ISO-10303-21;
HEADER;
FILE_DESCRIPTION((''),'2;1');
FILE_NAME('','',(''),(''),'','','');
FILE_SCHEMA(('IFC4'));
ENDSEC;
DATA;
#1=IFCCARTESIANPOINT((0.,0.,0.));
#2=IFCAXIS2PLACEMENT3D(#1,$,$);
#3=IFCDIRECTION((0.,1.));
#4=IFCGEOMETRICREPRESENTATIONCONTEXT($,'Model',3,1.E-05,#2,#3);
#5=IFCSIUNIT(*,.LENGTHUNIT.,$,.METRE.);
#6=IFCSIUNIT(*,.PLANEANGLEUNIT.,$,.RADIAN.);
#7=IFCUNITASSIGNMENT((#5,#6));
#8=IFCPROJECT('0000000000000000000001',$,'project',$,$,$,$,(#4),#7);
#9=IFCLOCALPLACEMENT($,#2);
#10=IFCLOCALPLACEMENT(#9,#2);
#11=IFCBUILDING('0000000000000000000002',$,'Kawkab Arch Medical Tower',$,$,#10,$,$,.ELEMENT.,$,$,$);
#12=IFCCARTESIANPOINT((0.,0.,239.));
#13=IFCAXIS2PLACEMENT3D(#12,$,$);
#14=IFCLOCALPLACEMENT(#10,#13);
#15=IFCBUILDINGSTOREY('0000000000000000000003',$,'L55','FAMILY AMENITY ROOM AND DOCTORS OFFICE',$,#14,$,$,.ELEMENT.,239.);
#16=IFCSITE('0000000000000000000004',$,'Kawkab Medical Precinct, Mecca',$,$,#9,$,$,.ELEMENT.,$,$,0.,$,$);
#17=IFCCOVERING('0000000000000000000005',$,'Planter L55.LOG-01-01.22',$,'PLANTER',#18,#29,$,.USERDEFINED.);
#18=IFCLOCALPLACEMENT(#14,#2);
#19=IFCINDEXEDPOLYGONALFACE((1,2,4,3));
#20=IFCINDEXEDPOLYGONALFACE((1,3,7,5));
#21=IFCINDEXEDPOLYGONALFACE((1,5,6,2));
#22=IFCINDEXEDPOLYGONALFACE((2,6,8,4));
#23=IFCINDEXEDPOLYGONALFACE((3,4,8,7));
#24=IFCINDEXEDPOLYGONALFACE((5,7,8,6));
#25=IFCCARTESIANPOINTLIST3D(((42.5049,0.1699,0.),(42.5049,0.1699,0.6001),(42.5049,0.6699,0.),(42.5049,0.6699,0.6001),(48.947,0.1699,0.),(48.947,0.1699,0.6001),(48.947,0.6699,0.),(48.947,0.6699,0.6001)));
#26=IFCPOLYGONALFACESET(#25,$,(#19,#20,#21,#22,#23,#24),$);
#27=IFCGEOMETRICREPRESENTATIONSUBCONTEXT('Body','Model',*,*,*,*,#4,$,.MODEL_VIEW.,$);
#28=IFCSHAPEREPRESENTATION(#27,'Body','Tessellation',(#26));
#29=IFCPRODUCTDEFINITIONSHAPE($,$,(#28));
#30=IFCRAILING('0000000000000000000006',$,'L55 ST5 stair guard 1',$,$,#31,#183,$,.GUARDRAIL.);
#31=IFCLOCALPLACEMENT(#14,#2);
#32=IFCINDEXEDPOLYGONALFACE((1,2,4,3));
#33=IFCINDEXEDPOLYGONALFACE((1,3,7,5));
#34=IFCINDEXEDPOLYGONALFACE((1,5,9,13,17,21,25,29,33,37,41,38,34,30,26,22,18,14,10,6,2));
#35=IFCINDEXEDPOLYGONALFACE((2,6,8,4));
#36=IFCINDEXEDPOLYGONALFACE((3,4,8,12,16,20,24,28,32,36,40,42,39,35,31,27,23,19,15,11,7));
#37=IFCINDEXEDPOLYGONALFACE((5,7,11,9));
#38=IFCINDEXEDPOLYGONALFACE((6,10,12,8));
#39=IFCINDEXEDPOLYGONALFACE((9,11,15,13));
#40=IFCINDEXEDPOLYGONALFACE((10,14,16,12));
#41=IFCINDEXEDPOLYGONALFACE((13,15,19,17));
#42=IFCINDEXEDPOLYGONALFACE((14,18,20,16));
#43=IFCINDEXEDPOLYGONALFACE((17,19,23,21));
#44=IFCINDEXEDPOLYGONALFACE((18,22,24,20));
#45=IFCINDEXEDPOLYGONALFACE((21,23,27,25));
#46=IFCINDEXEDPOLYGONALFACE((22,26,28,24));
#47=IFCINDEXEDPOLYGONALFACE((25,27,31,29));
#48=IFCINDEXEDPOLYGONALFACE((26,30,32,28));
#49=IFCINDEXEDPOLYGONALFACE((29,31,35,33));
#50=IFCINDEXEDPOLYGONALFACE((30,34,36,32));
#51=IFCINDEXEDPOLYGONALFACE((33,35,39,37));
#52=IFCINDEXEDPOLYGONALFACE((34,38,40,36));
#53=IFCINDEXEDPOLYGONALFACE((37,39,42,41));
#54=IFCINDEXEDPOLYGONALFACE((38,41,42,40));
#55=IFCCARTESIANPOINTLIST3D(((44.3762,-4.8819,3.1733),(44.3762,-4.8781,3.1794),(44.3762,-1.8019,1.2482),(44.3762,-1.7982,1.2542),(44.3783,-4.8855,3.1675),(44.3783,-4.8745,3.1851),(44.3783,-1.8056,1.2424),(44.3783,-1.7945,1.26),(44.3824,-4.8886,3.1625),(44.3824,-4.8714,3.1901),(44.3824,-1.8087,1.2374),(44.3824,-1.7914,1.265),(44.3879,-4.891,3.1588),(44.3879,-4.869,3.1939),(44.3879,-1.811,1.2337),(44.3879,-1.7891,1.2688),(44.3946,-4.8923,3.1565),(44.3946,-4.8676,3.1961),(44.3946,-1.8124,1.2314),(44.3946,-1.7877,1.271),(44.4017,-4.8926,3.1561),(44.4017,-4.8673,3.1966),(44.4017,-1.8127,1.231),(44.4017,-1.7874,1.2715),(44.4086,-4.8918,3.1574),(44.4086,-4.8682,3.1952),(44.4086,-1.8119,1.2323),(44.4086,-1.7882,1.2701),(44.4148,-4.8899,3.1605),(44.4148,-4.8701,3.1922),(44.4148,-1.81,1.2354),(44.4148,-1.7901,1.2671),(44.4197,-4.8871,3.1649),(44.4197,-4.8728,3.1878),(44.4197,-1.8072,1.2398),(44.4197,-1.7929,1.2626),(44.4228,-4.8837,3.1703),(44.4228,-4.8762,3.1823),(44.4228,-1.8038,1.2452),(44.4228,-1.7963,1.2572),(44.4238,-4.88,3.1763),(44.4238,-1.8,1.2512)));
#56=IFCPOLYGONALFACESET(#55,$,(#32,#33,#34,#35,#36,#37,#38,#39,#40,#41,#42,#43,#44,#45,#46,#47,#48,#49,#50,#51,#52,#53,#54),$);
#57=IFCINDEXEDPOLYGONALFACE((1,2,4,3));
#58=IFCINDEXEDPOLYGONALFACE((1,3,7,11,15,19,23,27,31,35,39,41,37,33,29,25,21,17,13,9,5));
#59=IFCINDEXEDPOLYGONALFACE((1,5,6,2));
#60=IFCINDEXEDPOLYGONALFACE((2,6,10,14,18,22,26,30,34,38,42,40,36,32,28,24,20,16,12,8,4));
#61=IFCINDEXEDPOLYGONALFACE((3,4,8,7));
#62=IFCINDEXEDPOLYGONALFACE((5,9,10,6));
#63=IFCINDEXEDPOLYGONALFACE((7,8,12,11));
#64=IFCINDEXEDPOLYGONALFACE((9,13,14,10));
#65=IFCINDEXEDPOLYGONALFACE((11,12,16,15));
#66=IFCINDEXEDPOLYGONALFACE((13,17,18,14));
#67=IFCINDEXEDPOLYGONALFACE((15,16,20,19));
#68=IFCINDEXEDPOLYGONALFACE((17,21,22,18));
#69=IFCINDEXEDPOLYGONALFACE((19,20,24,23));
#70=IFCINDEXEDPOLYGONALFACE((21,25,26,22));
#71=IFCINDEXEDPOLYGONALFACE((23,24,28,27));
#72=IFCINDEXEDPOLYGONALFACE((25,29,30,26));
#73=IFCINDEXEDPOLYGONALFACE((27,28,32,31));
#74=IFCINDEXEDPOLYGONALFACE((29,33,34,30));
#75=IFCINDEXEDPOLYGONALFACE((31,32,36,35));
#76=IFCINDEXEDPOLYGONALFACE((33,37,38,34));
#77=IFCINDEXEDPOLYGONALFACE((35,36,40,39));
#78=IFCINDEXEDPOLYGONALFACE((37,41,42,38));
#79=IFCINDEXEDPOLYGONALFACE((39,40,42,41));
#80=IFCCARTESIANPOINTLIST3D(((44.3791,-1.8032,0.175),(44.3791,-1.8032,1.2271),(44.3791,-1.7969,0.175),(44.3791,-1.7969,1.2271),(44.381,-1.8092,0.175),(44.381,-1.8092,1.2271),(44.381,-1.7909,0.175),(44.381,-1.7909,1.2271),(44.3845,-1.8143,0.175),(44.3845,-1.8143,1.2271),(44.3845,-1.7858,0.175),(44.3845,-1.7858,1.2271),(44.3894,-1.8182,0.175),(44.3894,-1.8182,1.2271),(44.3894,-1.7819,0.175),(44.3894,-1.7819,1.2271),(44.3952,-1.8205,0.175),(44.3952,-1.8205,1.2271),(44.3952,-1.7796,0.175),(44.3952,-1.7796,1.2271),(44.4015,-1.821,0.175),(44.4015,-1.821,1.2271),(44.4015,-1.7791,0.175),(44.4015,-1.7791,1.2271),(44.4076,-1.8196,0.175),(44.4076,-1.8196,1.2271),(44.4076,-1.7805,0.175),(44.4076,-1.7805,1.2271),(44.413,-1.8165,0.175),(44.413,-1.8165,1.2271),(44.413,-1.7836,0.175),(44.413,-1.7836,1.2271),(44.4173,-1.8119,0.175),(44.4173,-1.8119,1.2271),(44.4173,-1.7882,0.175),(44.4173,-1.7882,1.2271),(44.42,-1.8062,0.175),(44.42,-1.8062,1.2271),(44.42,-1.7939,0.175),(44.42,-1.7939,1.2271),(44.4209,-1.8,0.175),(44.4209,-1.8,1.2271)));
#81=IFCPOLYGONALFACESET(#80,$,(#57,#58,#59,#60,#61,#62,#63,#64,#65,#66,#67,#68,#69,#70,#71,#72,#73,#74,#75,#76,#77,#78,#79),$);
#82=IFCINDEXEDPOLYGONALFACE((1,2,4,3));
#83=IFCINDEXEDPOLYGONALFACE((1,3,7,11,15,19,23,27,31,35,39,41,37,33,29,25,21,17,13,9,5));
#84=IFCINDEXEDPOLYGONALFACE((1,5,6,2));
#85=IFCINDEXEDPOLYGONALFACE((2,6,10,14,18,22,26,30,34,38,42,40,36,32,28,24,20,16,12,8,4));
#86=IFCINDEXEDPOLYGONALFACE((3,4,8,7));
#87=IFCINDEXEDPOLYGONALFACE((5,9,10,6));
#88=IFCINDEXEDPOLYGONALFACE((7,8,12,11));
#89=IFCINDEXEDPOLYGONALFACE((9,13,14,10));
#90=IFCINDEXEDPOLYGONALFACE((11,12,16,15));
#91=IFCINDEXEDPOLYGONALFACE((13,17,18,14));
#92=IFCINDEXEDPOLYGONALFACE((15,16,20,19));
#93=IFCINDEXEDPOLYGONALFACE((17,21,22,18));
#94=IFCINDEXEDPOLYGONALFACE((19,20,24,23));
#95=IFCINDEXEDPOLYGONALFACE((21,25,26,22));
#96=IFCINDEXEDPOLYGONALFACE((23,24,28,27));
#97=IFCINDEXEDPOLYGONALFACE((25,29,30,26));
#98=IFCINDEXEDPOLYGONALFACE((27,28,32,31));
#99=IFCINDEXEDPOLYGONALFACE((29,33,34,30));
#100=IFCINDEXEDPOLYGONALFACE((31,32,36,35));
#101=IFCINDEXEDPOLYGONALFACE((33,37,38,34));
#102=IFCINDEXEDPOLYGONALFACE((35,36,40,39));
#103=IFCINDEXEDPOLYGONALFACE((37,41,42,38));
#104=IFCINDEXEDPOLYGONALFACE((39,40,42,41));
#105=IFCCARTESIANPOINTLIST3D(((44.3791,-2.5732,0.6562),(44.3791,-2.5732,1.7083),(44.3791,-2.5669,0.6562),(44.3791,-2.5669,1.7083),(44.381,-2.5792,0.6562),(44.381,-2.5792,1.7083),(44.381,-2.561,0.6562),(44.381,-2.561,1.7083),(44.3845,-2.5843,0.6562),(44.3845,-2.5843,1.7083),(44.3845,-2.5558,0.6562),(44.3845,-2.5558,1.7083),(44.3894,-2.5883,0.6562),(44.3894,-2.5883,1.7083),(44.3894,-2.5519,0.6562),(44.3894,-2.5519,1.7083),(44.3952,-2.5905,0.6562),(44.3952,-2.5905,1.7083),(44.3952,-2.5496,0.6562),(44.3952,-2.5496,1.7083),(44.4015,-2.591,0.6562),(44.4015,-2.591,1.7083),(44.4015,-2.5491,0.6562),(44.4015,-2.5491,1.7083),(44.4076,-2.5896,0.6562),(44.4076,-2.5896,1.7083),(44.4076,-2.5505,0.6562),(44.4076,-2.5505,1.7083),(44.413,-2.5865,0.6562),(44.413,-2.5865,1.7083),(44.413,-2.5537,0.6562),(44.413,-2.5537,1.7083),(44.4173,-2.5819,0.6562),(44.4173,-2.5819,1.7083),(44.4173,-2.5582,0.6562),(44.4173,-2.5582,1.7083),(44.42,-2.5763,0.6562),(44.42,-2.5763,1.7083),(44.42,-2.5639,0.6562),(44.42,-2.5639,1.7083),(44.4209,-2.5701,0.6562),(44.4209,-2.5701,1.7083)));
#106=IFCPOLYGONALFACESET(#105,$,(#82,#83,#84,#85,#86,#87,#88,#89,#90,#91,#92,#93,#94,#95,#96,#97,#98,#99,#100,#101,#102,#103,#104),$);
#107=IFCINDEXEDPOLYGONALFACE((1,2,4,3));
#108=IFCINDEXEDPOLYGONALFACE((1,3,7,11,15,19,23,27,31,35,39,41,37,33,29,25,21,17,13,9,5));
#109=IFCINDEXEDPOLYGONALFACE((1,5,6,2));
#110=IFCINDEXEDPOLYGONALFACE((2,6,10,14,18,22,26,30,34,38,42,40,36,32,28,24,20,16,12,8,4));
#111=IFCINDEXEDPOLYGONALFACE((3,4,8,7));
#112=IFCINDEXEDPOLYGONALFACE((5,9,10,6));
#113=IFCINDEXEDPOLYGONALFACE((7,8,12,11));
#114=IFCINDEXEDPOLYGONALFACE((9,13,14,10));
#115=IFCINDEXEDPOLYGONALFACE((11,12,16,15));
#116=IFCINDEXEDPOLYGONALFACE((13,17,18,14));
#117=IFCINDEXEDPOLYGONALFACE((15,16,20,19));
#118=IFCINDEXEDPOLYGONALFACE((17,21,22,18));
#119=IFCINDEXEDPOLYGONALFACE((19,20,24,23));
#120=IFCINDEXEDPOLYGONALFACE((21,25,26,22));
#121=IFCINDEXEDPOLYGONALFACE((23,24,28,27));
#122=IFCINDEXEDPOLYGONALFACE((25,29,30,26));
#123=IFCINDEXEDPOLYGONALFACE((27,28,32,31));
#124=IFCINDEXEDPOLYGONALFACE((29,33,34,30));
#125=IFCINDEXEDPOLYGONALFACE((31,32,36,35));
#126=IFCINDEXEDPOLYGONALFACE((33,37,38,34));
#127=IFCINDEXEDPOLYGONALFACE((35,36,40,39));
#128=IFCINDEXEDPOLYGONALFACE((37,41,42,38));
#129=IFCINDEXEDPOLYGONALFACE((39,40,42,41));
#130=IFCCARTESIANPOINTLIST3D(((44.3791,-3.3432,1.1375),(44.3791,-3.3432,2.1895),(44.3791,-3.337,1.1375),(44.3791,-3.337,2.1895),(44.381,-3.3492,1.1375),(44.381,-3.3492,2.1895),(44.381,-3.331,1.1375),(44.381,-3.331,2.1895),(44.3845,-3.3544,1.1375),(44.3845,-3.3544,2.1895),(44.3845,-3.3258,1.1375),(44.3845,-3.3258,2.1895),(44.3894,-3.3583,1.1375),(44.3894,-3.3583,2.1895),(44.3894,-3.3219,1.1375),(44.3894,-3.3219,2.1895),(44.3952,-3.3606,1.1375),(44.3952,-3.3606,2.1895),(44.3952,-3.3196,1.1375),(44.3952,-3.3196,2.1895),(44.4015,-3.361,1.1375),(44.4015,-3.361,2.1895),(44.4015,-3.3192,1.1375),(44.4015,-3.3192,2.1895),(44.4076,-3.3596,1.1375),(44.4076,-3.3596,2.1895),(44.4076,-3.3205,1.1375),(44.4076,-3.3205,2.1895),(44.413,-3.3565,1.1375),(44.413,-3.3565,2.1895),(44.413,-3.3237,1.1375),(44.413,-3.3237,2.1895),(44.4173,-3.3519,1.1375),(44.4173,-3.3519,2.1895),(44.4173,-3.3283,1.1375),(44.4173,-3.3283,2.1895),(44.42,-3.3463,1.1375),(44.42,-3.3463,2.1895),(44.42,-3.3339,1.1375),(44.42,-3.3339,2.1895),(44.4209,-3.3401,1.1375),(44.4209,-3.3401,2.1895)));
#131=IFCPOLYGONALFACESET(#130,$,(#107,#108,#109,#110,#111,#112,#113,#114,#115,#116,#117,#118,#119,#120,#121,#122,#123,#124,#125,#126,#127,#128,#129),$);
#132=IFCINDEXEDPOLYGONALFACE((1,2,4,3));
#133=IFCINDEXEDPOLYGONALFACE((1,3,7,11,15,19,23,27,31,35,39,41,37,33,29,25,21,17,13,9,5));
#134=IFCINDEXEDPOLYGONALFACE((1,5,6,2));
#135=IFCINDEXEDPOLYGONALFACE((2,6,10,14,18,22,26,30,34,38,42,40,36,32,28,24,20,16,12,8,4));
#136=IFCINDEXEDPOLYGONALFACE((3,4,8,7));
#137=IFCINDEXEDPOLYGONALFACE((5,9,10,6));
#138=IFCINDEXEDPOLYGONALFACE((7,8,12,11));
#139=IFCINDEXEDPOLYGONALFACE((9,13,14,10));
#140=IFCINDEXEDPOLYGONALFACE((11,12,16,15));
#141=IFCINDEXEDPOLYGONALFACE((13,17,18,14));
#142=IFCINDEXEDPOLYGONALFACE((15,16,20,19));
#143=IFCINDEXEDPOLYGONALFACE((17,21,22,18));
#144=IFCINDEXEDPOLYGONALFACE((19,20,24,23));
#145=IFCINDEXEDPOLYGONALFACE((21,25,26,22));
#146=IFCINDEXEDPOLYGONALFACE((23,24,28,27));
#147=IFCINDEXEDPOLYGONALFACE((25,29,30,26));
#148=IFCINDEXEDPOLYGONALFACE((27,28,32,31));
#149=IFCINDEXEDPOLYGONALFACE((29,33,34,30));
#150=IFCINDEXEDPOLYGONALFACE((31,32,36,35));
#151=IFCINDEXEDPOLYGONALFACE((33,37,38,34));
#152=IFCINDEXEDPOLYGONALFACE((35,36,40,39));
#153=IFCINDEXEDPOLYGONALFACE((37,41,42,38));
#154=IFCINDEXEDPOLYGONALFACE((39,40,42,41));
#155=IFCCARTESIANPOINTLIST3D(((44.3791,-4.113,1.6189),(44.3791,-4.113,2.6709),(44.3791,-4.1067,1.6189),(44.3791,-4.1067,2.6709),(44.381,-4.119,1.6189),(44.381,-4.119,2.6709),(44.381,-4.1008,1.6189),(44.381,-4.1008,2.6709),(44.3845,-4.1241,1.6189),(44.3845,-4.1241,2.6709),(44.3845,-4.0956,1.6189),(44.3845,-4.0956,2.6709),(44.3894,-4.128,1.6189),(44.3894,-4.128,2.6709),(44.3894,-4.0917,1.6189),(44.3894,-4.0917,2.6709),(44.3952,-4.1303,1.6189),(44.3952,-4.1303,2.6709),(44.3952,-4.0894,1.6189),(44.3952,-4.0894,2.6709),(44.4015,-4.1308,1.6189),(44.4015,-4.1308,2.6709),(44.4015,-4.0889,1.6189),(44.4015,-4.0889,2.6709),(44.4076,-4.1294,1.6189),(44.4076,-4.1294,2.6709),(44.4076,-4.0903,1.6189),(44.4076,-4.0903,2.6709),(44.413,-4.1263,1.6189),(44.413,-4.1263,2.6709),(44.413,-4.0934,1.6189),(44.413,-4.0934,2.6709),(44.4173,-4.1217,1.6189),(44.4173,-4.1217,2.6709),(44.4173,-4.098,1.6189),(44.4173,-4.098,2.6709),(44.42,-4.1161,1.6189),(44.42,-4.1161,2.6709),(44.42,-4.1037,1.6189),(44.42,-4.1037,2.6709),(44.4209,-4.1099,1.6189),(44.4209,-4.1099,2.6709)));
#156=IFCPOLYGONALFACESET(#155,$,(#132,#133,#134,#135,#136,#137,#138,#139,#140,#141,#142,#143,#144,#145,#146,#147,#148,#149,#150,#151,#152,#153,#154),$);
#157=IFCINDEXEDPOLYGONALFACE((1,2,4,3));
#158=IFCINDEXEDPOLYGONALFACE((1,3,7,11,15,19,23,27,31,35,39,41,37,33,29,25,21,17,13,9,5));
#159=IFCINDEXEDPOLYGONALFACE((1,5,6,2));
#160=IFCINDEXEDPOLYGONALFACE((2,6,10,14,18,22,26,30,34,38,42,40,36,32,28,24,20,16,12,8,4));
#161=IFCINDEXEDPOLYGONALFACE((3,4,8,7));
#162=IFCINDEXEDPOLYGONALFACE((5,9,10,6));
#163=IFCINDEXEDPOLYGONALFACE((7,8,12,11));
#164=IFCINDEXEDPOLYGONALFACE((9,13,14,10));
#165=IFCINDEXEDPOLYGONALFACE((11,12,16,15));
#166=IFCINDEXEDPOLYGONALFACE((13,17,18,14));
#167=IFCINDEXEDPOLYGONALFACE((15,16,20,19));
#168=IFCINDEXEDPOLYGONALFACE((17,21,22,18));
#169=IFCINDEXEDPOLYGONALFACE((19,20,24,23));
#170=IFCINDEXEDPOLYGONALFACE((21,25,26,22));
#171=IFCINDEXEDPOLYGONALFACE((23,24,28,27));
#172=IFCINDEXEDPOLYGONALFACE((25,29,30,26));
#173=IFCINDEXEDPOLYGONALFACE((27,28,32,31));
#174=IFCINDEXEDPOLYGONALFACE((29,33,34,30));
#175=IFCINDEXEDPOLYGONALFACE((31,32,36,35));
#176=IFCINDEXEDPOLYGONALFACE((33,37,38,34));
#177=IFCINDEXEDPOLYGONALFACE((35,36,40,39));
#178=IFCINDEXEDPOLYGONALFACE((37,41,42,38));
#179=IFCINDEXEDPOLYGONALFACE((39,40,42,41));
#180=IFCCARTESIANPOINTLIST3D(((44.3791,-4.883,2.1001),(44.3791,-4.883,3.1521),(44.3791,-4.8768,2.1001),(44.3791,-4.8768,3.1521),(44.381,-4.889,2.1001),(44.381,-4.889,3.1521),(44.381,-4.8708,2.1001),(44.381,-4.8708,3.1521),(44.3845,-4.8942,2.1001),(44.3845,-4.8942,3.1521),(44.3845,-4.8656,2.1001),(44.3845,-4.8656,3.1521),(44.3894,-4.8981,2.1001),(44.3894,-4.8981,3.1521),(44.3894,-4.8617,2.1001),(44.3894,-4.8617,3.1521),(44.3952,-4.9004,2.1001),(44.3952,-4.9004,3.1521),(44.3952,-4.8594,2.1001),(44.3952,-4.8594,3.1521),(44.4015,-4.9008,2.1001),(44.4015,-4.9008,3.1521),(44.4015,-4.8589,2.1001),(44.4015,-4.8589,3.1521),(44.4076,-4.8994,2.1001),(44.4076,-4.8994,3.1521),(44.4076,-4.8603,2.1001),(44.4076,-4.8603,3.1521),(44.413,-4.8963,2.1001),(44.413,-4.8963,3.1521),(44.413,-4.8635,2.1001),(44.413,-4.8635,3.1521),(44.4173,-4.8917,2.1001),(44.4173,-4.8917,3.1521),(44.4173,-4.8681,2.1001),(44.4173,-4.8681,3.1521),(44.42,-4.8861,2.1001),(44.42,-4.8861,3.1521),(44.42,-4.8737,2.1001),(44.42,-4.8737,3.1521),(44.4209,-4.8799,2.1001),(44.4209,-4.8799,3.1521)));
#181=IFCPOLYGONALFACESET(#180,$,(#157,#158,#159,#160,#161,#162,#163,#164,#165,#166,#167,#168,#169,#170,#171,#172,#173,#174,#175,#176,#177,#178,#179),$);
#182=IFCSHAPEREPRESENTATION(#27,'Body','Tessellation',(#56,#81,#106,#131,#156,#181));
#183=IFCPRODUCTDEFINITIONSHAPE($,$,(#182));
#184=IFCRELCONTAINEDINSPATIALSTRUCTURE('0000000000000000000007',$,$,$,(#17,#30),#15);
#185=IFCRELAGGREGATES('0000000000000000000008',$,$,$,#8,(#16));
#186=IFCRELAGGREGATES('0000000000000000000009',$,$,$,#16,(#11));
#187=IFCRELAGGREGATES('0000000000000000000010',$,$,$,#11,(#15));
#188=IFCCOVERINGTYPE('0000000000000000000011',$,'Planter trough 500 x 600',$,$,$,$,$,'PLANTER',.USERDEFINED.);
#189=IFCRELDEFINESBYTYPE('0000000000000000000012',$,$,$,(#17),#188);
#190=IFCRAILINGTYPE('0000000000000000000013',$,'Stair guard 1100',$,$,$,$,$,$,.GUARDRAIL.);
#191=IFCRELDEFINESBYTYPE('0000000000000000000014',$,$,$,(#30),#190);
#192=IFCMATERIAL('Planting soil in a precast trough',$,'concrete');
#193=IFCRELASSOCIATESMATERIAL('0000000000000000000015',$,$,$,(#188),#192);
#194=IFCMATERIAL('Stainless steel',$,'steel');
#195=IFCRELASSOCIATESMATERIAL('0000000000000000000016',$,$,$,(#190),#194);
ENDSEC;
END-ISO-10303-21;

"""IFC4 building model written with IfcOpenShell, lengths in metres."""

from ifc_helpers import new_model, si_unit, direction, frame, origin, origin_2d, place, context, subcontext, project, spatial, rectangle, circle, extrude, material, material_profile, profile_set, type_object, element, save


model = new_model("IFC4")

# Units and contexts
model_context = context("Model", 3, precision=1e-05, world=origin(), true_north=direction((0.0, 1.0)))
body_context = subcontext(model_context, "Body", "Model", "MODEL_VIEW")
ifc_project = project(units=[si_unit("LENGTHUNIT", "METRE"), si_unit("PLANEANGLEUNIT", "RADIAN")], contexts=[model_context])

# Site, building, storey
site_placement = place(None, origin())
site = spatial("IfcSite", under=ifc_project, at=site_placement, Name="Kawkab Medical Precinct, Mecca", CompositionType="ELEMENT", RefElevation=0.0)
building_placement = place(site_placement, origin())
building = spatial("IfcBuilding", under=site, at=building_placement, Name="Kawkab Arch Medical Tower", CompositionType="ELEMENT")
storey_placement = place(building_placement, frame((0.0, 0.0, 239.0)))
storey = spatial("IfcBuildingStorey", under=building, at=storey_placement, Name="L55", Description="FAMILY AMENITY ROOM AND DOCTORS OFFICE", CompositionType="ELEMENT", Elevation=239.0)

# Covering
ifc_material_1 = material(Name="Planting soil in a precast trough", Category="concrete")
ifc_material_profile_1 = material_profile(ifc_material_1, rectangle(XDim=0.5, YDim=0.6001, at=origin_2d()), Name="Trough 500x600")
ifc_profile_set_1 = profile_set([ifc_material_profile_1], Name="Planting soil in a precast trough")
covering_type_1 = type_object("IfcCoveringType", Name="Planter trough 500 x 600", ElementType="PLANTER", PredefinedType="USERDEFINED", material=ifc_profile_set_1)
covering_1_placement = place(storey_placement, frame((42.5049, 0.4199, 0.3), z_axis=(1.0, 0.0, 0.0), x_axis=(0.0, 1.0, 0.0)))
element("IfcCovering", 1, at=covering_1_placement, inside=storey, type_object=covering_type_1, Name="Planter L55.LOG-01-01.22", ObjectType="PLANTER", PredefinedType="USERDEFINED", context=body_context, shape_type="SweptSolid", body=[
    extrude(rectangle(XDim=0.5, YDim=0.6001, at=origin_2d()), origin(), (0.0, 0.0, 1.0), 6.4421),
])

# Railing
ifc_material_2 = material(Name="Stainless steel", Category="steel")
railing_type_1 = type_object("IfcRailingType", Name="Stair guard 1100", PredefinedType="GUARDRAIL", material=ifc_material_2)
railing_1_placement = place(storey_placement, frame((44.3999, -1.8, 0.175)))
element("IfcRailing", 2, at=railing_1_placement, inside=storey, type_object=railing_type_1, Name="L55 ST5 stair guard 1", PredefinedType="GUARDRAIL", context=body_context, shape_type="SweptSolid", body=[
    extrude(circle(Radius=0.0239, at=origin_2d()), frame((0.0, 0.0, 1.0762), z_axis=(0.0, -0.847979, 0.530029), x_axis=(1.0, 0.0, 0.0)), (0.0, 0.0, 1.0), 3.6321),
    extrude(circle(Radius=0.021, at=origin_2d()), origin(), (0.0, 0.0, 1.0), 1.052),
    extrude(circle(Radius=0.021, at=origin_2d()), frame((0.0, -0.77, 0.4812)), (0.0, 0.0, 1.0), 1.052),
    extrude(circle(Radius=0.021, at=origin_2d()), frame((0.0, -1.54, 0.9624)), (0.0, 0.0, 1.0), 1.052),
    extrude(circle(Radius=0.021, at=origin_2d()), frame((0.0, -2.3098, 1.4438)), (0.0, 0.0, 1.0), 1.052),
    extrude(circle(Radius=0.021, at=origin_2d()), frame((0.0, -3.0798, 1.925)), (0.0, 0.0, 1.0), 1.052),
])

save(model, "model.ifc")
